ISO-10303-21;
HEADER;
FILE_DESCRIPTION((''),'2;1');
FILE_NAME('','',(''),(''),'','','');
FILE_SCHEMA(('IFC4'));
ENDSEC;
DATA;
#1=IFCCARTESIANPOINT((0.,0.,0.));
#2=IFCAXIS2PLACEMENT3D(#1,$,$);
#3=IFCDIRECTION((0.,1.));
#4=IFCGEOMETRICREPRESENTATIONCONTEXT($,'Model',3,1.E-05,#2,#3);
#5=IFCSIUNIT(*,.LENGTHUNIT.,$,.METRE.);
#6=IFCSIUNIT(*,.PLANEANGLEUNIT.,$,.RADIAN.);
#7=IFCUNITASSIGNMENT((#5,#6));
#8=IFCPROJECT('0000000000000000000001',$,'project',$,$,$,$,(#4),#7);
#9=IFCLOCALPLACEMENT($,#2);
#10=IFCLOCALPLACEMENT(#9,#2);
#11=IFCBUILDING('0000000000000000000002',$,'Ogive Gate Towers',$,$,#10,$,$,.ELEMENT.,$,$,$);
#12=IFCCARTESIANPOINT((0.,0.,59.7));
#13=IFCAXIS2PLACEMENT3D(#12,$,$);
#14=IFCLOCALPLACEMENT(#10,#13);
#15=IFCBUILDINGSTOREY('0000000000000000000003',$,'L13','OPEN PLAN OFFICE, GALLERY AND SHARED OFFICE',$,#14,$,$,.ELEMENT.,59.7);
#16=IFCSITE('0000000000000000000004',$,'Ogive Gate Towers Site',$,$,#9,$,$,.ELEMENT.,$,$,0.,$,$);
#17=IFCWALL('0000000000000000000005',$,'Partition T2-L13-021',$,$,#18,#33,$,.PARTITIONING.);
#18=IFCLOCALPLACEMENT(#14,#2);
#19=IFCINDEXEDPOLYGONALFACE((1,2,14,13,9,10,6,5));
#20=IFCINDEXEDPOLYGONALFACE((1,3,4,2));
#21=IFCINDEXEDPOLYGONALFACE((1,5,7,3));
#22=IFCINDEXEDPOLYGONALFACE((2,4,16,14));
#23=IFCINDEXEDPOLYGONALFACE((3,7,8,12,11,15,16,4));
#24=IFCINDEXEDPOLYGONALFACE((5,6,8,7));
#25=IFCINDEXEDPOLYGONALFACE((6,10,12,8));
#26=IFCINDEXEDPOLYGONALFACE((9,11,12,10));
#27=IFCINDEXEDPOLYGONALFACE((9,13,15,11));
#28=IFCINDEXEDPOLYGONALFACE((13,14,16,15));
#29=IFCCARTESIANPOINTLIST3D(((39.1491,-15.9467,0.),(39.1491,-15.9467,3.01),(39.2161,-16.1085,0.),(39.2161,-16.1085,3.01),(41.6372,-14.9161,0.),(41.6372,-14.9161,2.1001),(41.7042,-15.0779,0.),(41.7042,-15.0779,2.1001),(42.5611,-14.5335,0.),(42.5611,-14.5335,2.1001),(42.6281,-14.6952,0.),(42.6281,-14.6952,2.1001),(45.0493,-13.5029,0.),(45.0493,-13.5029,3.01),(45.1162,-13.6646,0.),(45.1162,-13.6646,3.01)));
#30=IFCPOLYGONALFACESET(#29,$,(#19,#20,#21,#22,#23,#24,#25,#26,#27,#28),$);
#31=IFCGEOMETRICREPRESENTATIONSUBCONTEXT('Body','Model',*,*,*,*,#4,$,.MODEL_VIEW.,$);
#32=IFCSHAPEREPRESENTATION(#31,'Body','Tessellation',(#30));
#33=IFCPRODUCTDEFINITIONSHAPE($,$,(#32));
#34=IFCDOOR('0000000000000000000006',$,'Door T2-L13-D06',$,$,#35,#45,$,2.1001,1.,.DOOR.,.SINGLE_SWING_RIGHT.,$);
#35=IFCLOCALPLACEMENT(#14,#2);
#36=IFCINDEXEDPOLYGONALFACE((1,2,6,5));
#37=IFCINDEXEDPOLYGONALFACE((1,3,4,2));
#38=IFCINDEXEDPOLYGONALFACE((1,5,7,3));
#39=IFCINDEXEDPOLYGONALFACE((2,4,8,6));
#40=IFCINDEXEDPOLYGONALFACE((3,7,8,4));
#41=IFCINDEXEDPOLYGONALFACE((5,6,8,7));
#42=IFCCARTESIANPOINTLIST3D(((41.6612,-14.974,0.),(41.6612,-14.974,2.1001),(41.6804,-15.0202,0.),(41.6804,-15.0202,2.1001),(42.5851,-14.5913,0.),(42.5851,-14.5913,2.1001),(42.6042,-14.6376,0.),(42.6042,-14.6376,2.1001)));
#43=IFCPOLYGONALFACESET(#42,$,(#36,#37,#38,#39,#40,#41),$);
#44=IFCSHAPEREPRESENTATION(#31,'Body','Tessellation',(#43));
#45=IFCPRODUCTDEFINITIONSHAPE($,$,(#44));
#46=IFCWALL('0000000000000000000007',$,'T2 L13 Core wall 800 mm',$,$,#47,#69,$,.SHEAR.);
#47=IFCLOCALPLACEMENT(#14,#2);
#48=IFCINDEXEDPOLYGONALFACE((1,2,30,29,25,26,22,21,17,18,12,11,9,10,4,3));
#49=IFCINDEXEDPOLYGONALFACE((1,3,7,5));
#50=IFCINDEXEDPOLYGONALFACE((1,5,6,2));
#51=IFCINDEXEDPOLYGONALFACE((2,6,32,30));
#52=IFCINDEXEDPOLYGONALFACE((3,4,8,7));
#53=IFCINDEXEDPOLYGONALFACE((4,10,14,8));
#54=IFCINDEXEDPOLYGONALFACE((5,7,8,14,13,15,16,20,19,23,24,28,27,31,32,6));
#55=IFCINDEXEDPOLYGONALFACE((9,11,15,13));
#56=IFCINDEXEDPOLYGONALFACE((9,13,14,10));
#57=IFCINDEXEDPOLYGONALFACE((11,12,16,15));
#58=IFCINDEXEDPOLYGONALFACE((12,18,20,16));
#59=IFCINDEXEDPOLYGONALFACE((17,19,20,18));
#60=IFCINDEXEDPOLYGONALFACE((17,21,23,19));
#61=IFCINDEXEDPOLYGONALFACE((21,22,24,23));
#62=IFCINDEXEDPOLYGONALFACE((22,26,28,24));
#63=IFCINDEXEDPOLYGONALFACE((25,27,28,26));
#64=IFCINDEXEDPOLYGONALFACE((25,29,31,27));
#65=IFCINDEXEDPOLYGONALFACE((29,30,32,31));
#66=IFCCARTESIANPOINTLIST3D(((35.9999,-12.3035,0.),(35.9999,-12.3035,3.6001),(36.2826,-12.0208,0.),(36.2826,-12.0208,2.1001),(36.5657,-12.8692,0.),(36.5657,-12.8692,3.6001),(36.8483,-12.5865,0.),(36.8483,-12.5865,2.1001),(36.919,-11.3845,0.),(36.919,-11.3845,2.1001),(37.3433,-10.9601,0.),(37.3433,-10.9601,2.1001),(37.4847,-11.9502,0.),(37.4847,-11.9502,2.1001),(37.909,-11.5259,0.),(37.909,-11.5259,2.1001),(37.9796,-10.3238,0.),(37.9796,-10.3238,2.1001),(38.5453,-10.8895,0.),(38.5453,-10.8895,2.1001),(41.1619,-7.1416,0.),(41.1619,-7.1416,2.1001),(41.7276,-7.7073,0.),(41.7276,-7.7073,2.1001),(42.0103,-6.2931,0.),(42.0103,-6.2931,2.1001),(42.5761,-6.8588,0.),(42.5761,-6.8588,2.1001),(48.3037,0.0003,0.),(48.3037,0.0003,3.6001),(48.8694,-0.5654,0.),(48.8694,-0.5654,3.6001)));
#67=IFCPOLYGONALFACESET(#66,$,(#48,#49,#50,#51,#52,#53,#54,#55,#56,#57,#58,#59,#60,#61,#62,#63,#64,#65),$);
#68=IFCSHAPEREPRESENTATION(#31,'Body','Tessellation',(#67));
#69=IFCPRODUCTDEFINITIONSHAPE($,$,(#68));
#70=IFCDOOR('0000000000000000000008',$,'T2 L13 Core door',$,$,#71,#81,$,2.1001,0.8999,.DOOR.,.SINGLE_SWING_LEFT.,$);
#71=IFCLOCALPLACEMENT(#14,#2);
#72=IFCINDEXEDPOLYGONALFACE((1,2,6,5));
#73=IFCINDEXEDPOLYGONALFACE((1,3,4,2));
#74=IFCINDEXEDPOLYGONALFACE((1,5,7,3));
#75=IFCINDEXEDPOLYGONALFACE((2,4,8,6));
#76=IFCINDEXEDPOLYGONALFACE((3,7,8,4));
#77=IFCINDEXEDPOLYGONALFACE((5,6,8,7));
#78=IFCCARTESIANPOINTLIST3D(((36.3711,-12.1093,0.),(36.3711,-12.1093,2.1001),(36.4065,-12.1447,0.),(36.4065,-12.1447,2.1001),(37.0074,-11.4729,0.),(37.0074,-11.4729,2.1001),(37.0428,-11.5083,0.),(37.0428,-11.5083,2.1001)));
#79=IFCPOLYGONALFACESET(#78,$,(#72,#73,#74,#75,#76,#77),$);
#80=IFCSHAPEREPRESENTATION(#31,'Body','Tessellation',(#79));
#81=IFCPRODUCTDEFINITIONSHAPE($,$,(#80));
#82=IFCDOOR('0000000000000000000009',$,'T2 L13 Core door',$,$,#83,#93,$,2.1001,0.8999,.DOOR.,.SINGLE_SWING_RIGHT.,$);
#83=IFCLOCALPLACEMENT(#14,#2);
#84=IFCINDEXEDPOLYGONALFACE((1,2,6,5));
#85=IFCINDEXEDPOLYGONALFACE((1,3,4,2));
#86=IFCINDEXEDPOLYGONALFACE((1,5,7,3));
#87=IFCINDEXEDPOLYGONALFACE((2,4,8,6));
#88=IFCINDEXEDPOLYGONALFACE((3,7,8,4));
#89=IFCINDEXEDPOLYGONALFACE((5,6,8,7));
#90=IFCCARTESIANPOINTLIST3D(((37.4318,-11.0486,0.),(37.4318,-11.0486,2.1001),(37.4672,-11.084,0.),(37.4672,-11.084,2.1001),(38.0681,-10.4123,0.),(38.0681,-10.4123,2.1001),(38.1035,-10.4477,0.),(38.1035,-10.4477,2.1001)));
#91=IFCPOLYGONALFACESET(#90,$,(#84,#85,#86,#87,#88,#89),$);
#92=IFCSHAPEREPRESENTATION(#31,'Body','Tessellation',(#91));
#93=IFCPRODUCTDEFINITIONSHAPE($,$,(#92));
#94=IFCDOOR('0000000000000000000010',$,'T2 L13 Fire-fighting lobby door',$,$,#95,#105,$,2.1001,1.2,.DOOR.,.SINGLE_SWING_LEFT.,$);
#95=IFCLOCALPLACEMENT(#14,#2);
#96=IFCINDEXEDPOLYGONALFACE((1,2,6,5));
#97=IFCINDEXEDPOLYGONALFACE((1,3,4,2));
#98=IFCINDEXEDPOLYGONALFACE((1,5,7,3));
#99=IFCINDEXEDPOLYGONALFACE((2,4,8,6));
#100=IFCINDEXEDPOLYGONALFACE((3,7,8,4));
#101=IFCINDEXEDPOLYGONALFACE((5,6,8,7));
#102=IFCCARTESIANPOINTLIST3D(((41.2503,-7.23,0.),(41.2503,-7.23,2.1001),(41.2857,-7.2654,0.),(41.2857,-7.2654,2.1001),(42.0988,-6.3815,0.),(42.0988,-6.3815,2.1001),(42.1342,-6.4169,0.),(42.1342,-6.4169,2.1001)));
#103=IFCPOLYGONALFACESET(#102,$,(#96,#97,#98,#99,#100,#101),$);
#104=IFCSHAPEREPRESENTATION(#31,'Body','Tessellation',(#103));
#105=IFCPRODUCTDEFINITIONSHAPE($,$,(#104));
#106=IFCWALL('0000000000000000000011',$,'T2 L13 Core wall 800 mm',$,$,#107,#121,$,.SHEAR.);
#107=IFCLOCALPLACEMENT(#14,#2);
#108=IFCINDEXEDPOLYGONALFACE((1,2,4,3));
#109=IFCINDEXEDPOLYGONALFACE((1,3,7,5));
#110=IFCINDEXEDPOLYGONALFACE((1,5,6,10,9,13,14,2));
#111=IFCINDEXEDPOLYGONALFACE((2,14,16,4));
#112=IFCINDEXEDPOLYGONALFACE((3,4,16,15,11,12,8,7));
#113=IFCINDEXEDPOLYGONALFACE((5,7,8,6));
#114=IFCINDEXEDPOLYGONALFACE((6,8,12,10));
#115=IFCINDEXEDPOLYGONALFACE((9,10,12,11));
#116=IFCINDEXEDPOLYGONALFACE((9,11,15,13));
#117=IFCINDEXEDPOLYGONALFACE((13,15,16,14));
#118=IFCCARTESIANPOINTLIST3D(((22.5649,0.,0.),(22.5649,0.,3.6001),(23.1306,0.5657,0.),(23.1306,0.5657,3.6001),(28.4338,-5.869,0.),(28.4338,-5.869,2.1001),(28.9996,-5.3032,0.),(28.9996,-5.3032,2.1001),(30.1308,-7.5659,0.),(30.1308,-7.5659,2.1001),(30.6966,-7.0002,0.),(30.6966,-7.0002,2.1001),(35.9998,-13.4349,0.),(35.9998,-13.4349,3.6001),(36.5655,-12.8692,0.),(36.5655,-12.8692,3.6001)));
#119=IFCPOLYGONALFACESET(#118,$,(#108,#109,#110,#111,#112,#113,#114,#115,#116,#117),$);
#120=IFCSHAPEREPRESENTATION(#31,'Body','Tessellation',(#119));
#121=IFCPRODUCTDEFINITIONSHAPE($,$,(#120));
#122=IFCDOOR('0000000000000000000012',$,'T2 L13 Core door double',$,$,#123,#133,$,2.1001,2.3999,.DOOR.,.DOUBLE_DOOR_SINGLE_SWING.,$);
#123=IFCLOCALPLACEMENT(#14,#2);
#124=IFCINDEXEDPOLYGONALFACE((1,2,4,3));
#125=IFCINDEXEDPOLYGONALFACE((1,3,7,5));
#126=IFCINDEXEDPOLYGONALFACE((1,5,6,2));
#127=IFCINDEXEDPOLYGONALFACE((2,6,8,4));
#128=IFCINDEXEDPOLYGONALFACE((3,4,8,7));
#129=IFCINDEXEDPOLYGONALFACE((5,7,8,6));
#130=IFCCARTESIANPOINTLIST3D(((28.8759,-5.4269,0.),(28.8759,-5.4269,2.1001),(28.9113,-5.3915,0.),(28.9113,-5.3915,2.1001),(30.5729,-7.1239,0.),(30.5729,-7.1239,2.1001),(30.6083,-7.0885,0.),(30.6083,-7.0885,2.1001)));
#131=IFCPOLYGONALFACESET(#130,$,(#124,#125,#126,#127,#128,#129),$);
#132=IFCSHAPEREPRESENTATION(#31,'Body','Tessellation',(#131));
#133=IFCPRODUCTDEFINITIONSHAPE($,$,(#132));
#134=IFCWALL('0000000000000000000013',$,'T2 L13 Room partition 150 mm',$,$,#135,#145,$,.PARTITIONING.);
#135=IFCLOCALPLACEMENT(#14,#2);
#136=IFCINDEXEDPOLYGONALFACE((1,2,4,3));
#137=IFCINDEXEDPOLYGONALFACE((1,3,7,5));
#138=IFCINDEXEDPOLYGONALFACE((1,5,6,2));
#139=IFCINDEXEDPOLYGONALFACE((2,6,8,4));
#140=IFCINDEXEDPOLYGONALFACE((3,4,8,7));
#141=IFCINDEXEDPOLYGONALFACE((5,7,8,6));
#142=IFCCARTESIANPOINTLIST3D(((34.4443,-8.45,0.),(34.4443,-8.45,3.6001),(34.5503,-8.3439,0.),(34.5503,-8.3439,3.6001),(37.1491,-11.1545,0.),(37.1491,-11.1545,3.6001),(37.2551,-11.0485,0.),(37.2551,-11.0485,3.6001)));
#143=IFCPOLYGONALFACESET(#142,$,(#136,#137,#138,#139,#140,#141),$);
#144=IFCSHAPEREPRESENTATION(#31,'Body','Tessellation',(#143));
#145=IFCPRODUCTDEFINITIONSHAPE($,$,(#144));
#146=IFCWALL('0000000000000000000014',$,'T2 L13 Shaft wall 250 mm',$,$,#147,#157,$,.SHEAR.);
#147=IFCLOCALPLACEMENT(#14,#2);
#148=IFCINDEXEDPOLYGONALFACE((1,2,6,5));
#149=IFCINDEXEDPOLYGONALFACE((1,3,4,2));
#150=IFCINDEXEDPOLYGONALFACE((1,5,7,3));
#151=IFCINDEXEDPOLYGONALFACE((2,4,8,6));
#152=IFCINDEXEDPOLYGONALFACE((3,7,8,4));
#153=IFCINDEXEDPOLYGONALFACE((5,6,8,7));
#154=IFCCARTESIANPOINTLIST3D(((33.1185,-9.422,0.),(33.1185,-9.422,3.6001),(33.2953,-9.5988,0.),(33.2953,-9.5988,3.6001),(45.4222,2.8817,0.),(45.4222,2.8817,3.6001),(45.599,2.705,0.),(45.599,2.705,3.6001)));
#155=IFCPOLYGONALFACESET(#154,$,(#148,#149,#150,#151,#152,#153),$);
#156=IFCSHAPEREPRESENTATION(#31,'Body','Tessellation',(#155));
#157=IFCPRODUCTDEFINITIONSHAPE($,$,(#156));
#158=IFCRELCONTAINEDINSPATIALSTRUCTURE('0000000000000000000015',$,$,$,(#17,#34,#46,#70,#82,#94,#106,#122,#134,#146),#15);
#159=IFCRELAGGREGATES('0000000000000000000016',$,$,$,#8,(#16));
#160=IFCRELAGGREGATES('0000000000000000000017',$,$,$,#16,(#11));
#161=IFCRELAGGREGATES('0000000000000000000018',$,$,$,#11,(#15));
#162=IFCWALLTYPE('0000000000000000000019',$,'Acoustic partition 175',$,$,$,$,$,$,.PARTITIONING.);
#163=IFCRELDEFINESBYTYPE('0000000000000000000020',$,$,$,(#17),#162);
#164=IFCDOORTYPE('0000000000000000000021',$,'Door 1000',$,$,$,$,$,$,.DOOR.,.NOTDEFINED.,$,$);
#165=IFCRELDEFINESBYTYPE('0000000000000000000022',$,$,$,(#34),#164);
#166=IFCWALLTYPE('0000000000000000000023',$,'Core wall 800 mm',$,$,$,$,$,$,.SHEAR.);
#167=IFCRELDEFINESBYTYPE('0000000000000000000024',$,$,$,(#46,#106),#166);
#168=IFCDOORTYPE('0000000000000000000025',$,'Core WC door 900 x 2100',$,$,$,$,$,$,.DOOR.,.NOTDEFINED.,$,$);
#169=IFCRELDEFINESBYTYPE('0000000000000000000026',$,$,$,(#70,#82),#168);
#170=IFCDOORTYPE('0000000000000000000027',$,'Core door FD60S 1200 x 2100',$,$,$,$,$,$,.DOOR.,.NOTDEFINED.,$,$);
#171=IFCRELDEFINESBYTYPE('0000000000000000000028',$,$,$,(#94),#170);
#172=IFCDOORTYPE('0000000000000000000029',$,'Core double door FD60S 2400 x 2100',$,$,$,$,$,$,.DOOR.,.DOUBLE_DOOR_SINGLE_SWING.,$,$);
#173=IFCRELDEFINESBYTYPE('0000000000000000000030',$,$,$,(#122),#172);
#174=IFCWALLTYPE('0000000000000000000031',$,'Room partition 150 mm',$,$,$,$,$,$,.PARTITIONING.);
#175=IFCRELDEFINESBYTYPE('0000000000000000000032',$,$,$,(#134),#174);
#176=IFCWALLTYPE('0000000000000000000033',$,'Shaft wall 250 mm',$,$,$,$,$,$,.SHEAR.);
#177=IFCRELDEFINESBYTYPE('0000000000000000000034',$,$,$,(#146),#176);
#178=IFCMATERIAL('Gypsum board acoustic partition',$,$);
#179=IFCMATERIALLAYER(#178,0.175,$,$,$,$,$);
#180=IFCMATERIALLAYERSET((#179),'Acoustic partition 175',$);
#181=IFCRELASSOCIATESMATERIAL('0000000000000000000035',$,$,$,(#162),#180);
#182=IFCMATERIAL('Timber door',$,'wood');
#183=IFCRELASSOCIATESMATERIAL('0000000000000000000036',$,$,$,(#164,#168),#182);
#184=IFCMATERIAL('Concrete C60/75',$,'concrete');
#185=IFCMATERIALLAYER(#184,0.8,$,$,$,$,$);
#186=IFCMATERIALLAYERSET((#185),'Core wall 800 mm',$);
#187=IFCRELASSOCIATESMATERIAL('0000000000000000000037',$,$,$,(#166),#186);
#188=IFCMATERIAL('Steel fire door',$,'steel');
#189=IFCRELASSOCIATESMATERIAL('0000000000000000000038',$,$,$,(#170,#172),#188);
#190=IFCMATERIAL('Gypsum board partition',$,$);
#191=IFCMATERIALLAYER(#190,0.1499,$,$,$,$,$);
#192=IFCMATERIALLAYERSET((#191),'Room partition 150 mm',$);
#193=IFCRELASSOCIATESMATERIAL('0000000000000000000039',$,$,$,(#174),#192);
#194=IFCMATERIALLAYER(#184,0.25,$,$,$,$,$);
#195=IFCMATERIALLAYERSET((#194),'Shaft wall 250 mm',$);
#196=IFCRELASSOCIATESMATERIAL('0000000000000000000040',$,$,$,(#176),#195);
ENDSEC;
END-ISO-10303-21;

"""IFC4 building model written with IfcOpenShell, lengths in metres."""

from ifc_helpers import new_model, si_unit, direction, frame, frame_2d, origin, place, context, subcontext, project, spatial, rectangle, extrude, material, layer, layer_set, type_object, element, fill, save


model = new_model("IFC4")

# Units and contexts
model_context = context("Model", 3, precision=1e-05, world=origin(), true_north=direction((0.0, 1.0)))
body_context = subcontext(model_context, "Body", "Model", "MODEL_VIEW")
ifc_project = project(units=[si_unit("LENGTHUNIT", "METRE"), si_unit("PLANEANGLEUNIT", "RADIAN")], contexts=[model_context])

# Site, building, storey
site_placement = place(None, origin())
site = spatial("IfcSite", under=ifc_project, at=site_placement, Name="Ogive Gate Towers Site", CompositionType="ELEMENT", RefElevation=0.0)
building_placement = place(site_placement, origin())
building = spatial("IfcBuilding", under=site, at=building_placement, Name="Ogive Gate Towers", CompositionType="ELEMENT")
storey_placement = place(building_placement, frame((0.0, 0.0, 59.7)))
storey = spatial("IfcBuildingStorey", under=building, at=storey_placement, Name="L13", Description="OPEN PLAN OFFICE, GALLERY AND SHARED OFFICE", CompositionType="ELEMENT", Elevation=59.7)

# Shared definitions
ifc_material_1 = material(Name="Gypsum board acoustic partition")
ifc_layer_1 = layer(ifc_material_1, 0.175)
ifc_layer_set_1 = layer_set([ifc_layer_1], Name="Acoustic partition 175")
wall_type_1 = type_object("IfcWallType", Name="Acoustic partition 175", PredefinedType="PARTITIONING", material=ifc_layer_set_1)

# Wall, opening, door
wall_1_placement = place(storey_placement, frame((39.1826, -16.0276, 0.0), z_axis=(0.0, 0.0, 1.0), x_axis=(0.923884, 0.382674, 0.0)))
wall_1 = element("IfcWall", 1, at=wall_1_placement, inside=storey, type_object=wall_type_1, Name="Partition T2-L13-021", PredefinedType="PARTITIONING", context=body_context, shape_type="SweptSolid", body=[
    extrude(rectangle(XDim=6.3862, YDim=0.175, at=frame_2d((3.1931, 0.0))), origin(), (0.0, 0.0, 1.0), 3.01),
])
opening_1_placement = place(wall_1_placement, frame((2.6931, 0.0, 0.0)))
opening_1 = element("IfcOpeningElement", 2, at=opening_1_placement, cuts=wall_1, PredefinedType="OPENING", context=body_context, shape_type="SweptSolid", body=[
    extrude(rectangle(XDim=1.0, YDim=2.1001, at=frame_2d((0.5, 1.05))), frame((0.0, 0.0977, 0.0), z_axis=(0.0, -1.0, 0.0), x_axis=(1.0, 0.0, 0.0)), (0.0, 0.0, 1.0), 0.1951),
])
ifc_material_2 = material(Name="Timber door", Category="wood")
door_type_1 = type_object("IfcDoorType", Name="Door 1000", OperationType="NOTDEFINED", PredefinedType="DOOR", material=ifc_material_2)
door_1_placement = place(opening_1_placement, origin())
door_1 = element("IfcDoor", 3, at=door_1_placement, inside=storey, type_object=door_type_1, Name="Door T2-L13-D06", OperationType="SINGLE_SWING_RIGHT", OverallHeight=2.1001, OverallWidth=1.0, PredefinedType="DOOR", context=body_context, shape_type="SweptSolid", body=[
    extrude(rectangle(XDim=1.0, YDim=2.1001, at=frame_2d((0.5, 1.05))), frame((0.0, 0.0249, 0.0), z_axis=(0.0, -1.0, 0.0), x_axis=(1.0, 0.0, 0.0)), (0.0, 0.0, 1.0), 0.05),
])
fill(opening_1, door_1)

# Wall, openings, doors
ifc_material_3 = material(Name="Concrete C60/75", Category="concrete")
ifc_layer_2 = layer(ifc_material_3, 0.8)
ifc_layer_set_2 = layer_set([ifc_layer_2], Name="Core wall 800 mm")
wall_type_2 = type_object("IfcWallType", Name="Core wall 800 mm", PredefinedType="SHEAR", material=ifc_layer_set_2)
wall_2_placement = place(storey_placement, frame((36.2827, -12.5864, 0.0), z_axis=(0.0, 0.0, 1.0), x_axis=(0.707107, 0.707107, 0.0)))
wall_2 = element("IfcWall", 4, at=wall_2_placement, inside=storey, type_object=wall_type_2, Name="T2 L13 Core wall 800 mm", PredefinedType="SHEAR", context=body_context, shape_type="SweptSolid", body=[
    extrude(rectangle(XDim=17.4001, YDim=0.8, at=frame_2d((8.7002, 0.0))), origin(), (0.0, 0.0, 1.0), 3.6001),
])
opening_2_placement = place(wall_2_placement, frame((7.3, 0.0, 0.0)))
opening_2 = element("IfcOpeningElement", 5, at=opening_2_placement, cuts=wall_2, PredefinedType="OPENING", context=body_context, shape_type="SweptSolid", body=[
    extrude(rectangle(XDim=1.2, YDim=2.1001, at=frame_2d((0.6001, 1.05))), frame((0.0, 0.4102, 0.0), z_axis=(0.0, -1.0, 0.0), x_axis=(1.0, 0.0, 0.0)), (0.0, 0.0, 1.0), 0.8201),
])
opening_3_placement = place(wall_2_placement, frame((0.3999, 0.0, 0.0)))
opening_3 = element("IfcOpeningElement", 6, at=opening_3_placement, cuts=wall_2, PredefinedType="OPENING", context=body_context, shape_type="SweptSolid", body=[
    extrude(rectangle(XDim=0.8999, YDim=2.1001, at=frame_2d((0.45, 1.05))), frame((0.0, 0.4102, 0.0), z_axis=(0.0, -1.0, 0.0), x_axis=(1.0, 0.0, 0.0)), (0.0, 0.0, 1.0), 0.8201),
])
opening_4_placement = place(wall_2_placement, frame((1.8999, 0.0, 0.0)))
opening_4 = element("IfcOpeningElement", 7, at=opening_4_placement, cuts=wall_2, PredefinedType="OPENING", context=body_context, shape_type="SweptSolid", body=[
    extrude(rectangle(XDim=0.8999, YDim=2.1001, at=frame_2d((0.45, 1.05))), frame((0.0, 0.4102, 0.0), z_axis=(0.0, -1.0, 0.0), x_axis=(1.0, 0.0, 0.0)), (0.0, 0.0, 1.0), 0.8201),
])
door_type_2 = type_object("IfcDoorType", Name="Core WC door 900 x 2100", OperationType="NOTDEFINED", PredefinedType="DOOR", material=ifc_material_2)
door_2_placement = place(opening_3_placement, origin())
door_2 = element("IfcDoor", 8, at=door_2_placement, inside=storey, type_object=door_type_2, Name="T2 L13 Core door", OperationType="SINGLE_SWING_LEFT", OverallHeight=2.1001, OverallWidth=0.8999, PredefinedType="DOOR", context=body_context, shape_type="SweptSolid", body=[
    extrude(rectangle(XDim=0.8999, YDim=2.1001, at=frame_2d((0.45, 1.05))), frame((0.0, 0.2749, 0.0), z_axis=(0.0, -1.0, 0.0), x_axis=(1.0, 0.0, 0.0)), (0.0, 0.0, 1.0), 0.05),
])
fill(opening_3, door_2)
door_3_placement = place(opening_4_placement, origin())
door_3 = element("IfcDoor", 9, at=door_3_placement, inside=storey, type_object=door_type_2, Name="T2 L13 Core door", OperationType="SINGLE_SWING_RIGHT", OverallHeight=2.1001, OverallWidth=0.8999, PredefinedType="DOOR", context=body_context, shape_type="SweptSolid", body=[
    extrude(rectangle(XDim=0.8999, YDim=2.1001, at=frame_2d((0.45, 1.05))), frame((0.0, 0.2749, 0.0), z_axis=(0.0, -1.0, 0.0), x_axis=(1.0, 0.0, 0.0)), (0.0, 0.0, 1.0), 0.05),
])
fill(opening_4, door_3)
ifc_material_4 = material(Name="Steel fire door", Category="steel")
door_type_3 = type_object("IfcDoorType", Name="Core door FD60S 1200 x 2100", OperationType="NOTDEFINED", PredefinedType="DOOR", material=ifc_material_4)
door_4_placement = place(opening_2_placement, origin())
door_4 = element("IfcDoor", 10, at=door_4_placement, inside=storey, type_object=door_type_3, Name="T2 L13 Fire-fighting lobby door", OperationType="SINGLE_SWING_LEFT", OverallHeight=2.1001, OverallWidth=1.2, PredefinedType="DOOR", context=body_context, shape_type="SweptSolid", body=[
    extrude(rectangle(XDim=1.2, YDim=2.1001, at=frame_2d((0.6001, 1.05))), frame((0.0, 0.2749, 0.0), z_axis=(0.0, -1.0, 0.0), x_axis=(1.0, 0.0, 0.0)), (0.0, 0.0, 1.0), 0.05),
])
fill(opening_2, door_4)

# Wall, opening, door
wall_3_placement = place(storey_placement, frame((36.2827, -13.1521, 0.0), z_axis=(0.0, 0.0, 1.0), x_axis=(-0.707107, 0.707107, 0.0)))
wall_3 = element("IfcWall", 11, at=wall_3_placement, inside=storey, type_object=wall_type_2, Name="T2 L13 Core wall 800 mm", PredefinedType="SHEAR", context=body_context, shape_type="SweptSolid", body=[
    extrude(rectangle(XDim=18.9998, YDim=0.8, at=frame_2d((9.5, 0.0))), origin(), (0.0, 0.0, 1.0), 3.6001),
])
opening_5_placement = place(wall_3_placement, frame((8.3, 0.0, 0.0)))
opening_5 = element("IfcOpeningElement", 12, at=opening_5_placement, cuts=wall_3, PredefinedType="OPENING", context=body_context, shape_type="SweptSolid", body=[
    extrude(rectangle(XDim=2.3999, YDim=2.1001, at=frame_2d((1.2, 1.05))), frame((0.0, 0.4102, 0.0), z_axis=(0.0, -1.0, 0.0), x_axis=(1.0, 0.0, 0.0)), (0.0, 0.0, 1.0), 0.8201),
])
door_type_4 = type_object("IfcDoorType", Name="Core double door FD60S 2400 x 2100", OperationType="DOUBLE_DOOR_SINGLE_SWING", PredefinedType="DOOR", material=ifc_material_4)
door_5_placement = place(opening_5_placement, origin())
door_5 = element("IfcDoor", 13, at=door_5_placement, inside=storey, type_object=door_type_4, Name="T2 L13 Core door double", OperationType="DOUBLE_DOOR_SINGLE_SWING", OverallHeight=2.1001, OverallWidth=2.3999, PredefinedType="DOOR", context=body_context, shape_type="SweptSolid", body=[
    extrude(rectangle(XDim=2.3999, YDim=2.1001, at=frame_2d((1.2, 1.05))), frame((0.0, -0.2251, 0.0), z_axis=(0.0, -1.0, 0.0), x_axis=(1.0, 0.0, 0.0)), (0.0, 0.0, 1.0), 0.05),
])
fill(opening_5, door_5)

# Walls
ifc_material_5 = material(Name="Gypsum board partition")
ifc_layer_3 = layer(ifc_material_5, 0.1499)
ifc_layer_set_3 = layer_set([ifc_layer_3], Name="Room partition 150 mm")
wall_type_3 = type_object("IfcWallType", Name="Room partition 150 mm", PredefinedType="PARTITIONING", material=ifc_layer_set_3)
wall_4_placement = place(storey_placement, frame((37.2021, -11.1016, 0.0), z_axis=(0.0, 0.0, 1.0), x_axis=(-0.707139, 0.707075, 0.0)))
element("IfcWall", 14, at=wall_4_placement, inside=storey, type_object=wall_type_3, Name="T2 L13 Room partition 150 mm", PredefinedType="PARTITIONING", context=body_context, shape_type="SweptSolid", body=[
    extrude(rectangle(XDim=3.825, YDim=0.1499, at=frame_2d((1.9126, 0.0))), origin(), (0.0, 0.0, 1.0), 3.6001),
])
ifc_layer_4 = layer(ifc_material_3, 0.25)
ifc_layer_set_4 = layer_set([ifc_layer_4], Name="Shaft wall 250 mm")
wall_type_4 = type_object("IfcWallType", Name="Shaft wall 250 mm", PredefinedType="SHEAR", material=ifc_layer_set_4)
wall_5_placement = place(storey_placement, frame((33.2068, -9.5105, 0.0), z_axis=(0.0, 0.0, 1.0), x_axis=(0.707107, 0.707107, 0.0)))
element("IfcWall", 15, at=wall_5_placement, inside=storey, type_object=wall_type_4, Name="T2 L13 Shaft wall 250 mm", PredefinedType="SHEAR", context=body_context, shape_type="SweptSolid", body=[
    extrude(rectangle(XDim=17.4001, YDim=0.25, at=frame_2d((8.7002, 0.0))), origin(), (0.0, 0.0, 1.0), 3.6001),
])

save(model, "model.ifc")
